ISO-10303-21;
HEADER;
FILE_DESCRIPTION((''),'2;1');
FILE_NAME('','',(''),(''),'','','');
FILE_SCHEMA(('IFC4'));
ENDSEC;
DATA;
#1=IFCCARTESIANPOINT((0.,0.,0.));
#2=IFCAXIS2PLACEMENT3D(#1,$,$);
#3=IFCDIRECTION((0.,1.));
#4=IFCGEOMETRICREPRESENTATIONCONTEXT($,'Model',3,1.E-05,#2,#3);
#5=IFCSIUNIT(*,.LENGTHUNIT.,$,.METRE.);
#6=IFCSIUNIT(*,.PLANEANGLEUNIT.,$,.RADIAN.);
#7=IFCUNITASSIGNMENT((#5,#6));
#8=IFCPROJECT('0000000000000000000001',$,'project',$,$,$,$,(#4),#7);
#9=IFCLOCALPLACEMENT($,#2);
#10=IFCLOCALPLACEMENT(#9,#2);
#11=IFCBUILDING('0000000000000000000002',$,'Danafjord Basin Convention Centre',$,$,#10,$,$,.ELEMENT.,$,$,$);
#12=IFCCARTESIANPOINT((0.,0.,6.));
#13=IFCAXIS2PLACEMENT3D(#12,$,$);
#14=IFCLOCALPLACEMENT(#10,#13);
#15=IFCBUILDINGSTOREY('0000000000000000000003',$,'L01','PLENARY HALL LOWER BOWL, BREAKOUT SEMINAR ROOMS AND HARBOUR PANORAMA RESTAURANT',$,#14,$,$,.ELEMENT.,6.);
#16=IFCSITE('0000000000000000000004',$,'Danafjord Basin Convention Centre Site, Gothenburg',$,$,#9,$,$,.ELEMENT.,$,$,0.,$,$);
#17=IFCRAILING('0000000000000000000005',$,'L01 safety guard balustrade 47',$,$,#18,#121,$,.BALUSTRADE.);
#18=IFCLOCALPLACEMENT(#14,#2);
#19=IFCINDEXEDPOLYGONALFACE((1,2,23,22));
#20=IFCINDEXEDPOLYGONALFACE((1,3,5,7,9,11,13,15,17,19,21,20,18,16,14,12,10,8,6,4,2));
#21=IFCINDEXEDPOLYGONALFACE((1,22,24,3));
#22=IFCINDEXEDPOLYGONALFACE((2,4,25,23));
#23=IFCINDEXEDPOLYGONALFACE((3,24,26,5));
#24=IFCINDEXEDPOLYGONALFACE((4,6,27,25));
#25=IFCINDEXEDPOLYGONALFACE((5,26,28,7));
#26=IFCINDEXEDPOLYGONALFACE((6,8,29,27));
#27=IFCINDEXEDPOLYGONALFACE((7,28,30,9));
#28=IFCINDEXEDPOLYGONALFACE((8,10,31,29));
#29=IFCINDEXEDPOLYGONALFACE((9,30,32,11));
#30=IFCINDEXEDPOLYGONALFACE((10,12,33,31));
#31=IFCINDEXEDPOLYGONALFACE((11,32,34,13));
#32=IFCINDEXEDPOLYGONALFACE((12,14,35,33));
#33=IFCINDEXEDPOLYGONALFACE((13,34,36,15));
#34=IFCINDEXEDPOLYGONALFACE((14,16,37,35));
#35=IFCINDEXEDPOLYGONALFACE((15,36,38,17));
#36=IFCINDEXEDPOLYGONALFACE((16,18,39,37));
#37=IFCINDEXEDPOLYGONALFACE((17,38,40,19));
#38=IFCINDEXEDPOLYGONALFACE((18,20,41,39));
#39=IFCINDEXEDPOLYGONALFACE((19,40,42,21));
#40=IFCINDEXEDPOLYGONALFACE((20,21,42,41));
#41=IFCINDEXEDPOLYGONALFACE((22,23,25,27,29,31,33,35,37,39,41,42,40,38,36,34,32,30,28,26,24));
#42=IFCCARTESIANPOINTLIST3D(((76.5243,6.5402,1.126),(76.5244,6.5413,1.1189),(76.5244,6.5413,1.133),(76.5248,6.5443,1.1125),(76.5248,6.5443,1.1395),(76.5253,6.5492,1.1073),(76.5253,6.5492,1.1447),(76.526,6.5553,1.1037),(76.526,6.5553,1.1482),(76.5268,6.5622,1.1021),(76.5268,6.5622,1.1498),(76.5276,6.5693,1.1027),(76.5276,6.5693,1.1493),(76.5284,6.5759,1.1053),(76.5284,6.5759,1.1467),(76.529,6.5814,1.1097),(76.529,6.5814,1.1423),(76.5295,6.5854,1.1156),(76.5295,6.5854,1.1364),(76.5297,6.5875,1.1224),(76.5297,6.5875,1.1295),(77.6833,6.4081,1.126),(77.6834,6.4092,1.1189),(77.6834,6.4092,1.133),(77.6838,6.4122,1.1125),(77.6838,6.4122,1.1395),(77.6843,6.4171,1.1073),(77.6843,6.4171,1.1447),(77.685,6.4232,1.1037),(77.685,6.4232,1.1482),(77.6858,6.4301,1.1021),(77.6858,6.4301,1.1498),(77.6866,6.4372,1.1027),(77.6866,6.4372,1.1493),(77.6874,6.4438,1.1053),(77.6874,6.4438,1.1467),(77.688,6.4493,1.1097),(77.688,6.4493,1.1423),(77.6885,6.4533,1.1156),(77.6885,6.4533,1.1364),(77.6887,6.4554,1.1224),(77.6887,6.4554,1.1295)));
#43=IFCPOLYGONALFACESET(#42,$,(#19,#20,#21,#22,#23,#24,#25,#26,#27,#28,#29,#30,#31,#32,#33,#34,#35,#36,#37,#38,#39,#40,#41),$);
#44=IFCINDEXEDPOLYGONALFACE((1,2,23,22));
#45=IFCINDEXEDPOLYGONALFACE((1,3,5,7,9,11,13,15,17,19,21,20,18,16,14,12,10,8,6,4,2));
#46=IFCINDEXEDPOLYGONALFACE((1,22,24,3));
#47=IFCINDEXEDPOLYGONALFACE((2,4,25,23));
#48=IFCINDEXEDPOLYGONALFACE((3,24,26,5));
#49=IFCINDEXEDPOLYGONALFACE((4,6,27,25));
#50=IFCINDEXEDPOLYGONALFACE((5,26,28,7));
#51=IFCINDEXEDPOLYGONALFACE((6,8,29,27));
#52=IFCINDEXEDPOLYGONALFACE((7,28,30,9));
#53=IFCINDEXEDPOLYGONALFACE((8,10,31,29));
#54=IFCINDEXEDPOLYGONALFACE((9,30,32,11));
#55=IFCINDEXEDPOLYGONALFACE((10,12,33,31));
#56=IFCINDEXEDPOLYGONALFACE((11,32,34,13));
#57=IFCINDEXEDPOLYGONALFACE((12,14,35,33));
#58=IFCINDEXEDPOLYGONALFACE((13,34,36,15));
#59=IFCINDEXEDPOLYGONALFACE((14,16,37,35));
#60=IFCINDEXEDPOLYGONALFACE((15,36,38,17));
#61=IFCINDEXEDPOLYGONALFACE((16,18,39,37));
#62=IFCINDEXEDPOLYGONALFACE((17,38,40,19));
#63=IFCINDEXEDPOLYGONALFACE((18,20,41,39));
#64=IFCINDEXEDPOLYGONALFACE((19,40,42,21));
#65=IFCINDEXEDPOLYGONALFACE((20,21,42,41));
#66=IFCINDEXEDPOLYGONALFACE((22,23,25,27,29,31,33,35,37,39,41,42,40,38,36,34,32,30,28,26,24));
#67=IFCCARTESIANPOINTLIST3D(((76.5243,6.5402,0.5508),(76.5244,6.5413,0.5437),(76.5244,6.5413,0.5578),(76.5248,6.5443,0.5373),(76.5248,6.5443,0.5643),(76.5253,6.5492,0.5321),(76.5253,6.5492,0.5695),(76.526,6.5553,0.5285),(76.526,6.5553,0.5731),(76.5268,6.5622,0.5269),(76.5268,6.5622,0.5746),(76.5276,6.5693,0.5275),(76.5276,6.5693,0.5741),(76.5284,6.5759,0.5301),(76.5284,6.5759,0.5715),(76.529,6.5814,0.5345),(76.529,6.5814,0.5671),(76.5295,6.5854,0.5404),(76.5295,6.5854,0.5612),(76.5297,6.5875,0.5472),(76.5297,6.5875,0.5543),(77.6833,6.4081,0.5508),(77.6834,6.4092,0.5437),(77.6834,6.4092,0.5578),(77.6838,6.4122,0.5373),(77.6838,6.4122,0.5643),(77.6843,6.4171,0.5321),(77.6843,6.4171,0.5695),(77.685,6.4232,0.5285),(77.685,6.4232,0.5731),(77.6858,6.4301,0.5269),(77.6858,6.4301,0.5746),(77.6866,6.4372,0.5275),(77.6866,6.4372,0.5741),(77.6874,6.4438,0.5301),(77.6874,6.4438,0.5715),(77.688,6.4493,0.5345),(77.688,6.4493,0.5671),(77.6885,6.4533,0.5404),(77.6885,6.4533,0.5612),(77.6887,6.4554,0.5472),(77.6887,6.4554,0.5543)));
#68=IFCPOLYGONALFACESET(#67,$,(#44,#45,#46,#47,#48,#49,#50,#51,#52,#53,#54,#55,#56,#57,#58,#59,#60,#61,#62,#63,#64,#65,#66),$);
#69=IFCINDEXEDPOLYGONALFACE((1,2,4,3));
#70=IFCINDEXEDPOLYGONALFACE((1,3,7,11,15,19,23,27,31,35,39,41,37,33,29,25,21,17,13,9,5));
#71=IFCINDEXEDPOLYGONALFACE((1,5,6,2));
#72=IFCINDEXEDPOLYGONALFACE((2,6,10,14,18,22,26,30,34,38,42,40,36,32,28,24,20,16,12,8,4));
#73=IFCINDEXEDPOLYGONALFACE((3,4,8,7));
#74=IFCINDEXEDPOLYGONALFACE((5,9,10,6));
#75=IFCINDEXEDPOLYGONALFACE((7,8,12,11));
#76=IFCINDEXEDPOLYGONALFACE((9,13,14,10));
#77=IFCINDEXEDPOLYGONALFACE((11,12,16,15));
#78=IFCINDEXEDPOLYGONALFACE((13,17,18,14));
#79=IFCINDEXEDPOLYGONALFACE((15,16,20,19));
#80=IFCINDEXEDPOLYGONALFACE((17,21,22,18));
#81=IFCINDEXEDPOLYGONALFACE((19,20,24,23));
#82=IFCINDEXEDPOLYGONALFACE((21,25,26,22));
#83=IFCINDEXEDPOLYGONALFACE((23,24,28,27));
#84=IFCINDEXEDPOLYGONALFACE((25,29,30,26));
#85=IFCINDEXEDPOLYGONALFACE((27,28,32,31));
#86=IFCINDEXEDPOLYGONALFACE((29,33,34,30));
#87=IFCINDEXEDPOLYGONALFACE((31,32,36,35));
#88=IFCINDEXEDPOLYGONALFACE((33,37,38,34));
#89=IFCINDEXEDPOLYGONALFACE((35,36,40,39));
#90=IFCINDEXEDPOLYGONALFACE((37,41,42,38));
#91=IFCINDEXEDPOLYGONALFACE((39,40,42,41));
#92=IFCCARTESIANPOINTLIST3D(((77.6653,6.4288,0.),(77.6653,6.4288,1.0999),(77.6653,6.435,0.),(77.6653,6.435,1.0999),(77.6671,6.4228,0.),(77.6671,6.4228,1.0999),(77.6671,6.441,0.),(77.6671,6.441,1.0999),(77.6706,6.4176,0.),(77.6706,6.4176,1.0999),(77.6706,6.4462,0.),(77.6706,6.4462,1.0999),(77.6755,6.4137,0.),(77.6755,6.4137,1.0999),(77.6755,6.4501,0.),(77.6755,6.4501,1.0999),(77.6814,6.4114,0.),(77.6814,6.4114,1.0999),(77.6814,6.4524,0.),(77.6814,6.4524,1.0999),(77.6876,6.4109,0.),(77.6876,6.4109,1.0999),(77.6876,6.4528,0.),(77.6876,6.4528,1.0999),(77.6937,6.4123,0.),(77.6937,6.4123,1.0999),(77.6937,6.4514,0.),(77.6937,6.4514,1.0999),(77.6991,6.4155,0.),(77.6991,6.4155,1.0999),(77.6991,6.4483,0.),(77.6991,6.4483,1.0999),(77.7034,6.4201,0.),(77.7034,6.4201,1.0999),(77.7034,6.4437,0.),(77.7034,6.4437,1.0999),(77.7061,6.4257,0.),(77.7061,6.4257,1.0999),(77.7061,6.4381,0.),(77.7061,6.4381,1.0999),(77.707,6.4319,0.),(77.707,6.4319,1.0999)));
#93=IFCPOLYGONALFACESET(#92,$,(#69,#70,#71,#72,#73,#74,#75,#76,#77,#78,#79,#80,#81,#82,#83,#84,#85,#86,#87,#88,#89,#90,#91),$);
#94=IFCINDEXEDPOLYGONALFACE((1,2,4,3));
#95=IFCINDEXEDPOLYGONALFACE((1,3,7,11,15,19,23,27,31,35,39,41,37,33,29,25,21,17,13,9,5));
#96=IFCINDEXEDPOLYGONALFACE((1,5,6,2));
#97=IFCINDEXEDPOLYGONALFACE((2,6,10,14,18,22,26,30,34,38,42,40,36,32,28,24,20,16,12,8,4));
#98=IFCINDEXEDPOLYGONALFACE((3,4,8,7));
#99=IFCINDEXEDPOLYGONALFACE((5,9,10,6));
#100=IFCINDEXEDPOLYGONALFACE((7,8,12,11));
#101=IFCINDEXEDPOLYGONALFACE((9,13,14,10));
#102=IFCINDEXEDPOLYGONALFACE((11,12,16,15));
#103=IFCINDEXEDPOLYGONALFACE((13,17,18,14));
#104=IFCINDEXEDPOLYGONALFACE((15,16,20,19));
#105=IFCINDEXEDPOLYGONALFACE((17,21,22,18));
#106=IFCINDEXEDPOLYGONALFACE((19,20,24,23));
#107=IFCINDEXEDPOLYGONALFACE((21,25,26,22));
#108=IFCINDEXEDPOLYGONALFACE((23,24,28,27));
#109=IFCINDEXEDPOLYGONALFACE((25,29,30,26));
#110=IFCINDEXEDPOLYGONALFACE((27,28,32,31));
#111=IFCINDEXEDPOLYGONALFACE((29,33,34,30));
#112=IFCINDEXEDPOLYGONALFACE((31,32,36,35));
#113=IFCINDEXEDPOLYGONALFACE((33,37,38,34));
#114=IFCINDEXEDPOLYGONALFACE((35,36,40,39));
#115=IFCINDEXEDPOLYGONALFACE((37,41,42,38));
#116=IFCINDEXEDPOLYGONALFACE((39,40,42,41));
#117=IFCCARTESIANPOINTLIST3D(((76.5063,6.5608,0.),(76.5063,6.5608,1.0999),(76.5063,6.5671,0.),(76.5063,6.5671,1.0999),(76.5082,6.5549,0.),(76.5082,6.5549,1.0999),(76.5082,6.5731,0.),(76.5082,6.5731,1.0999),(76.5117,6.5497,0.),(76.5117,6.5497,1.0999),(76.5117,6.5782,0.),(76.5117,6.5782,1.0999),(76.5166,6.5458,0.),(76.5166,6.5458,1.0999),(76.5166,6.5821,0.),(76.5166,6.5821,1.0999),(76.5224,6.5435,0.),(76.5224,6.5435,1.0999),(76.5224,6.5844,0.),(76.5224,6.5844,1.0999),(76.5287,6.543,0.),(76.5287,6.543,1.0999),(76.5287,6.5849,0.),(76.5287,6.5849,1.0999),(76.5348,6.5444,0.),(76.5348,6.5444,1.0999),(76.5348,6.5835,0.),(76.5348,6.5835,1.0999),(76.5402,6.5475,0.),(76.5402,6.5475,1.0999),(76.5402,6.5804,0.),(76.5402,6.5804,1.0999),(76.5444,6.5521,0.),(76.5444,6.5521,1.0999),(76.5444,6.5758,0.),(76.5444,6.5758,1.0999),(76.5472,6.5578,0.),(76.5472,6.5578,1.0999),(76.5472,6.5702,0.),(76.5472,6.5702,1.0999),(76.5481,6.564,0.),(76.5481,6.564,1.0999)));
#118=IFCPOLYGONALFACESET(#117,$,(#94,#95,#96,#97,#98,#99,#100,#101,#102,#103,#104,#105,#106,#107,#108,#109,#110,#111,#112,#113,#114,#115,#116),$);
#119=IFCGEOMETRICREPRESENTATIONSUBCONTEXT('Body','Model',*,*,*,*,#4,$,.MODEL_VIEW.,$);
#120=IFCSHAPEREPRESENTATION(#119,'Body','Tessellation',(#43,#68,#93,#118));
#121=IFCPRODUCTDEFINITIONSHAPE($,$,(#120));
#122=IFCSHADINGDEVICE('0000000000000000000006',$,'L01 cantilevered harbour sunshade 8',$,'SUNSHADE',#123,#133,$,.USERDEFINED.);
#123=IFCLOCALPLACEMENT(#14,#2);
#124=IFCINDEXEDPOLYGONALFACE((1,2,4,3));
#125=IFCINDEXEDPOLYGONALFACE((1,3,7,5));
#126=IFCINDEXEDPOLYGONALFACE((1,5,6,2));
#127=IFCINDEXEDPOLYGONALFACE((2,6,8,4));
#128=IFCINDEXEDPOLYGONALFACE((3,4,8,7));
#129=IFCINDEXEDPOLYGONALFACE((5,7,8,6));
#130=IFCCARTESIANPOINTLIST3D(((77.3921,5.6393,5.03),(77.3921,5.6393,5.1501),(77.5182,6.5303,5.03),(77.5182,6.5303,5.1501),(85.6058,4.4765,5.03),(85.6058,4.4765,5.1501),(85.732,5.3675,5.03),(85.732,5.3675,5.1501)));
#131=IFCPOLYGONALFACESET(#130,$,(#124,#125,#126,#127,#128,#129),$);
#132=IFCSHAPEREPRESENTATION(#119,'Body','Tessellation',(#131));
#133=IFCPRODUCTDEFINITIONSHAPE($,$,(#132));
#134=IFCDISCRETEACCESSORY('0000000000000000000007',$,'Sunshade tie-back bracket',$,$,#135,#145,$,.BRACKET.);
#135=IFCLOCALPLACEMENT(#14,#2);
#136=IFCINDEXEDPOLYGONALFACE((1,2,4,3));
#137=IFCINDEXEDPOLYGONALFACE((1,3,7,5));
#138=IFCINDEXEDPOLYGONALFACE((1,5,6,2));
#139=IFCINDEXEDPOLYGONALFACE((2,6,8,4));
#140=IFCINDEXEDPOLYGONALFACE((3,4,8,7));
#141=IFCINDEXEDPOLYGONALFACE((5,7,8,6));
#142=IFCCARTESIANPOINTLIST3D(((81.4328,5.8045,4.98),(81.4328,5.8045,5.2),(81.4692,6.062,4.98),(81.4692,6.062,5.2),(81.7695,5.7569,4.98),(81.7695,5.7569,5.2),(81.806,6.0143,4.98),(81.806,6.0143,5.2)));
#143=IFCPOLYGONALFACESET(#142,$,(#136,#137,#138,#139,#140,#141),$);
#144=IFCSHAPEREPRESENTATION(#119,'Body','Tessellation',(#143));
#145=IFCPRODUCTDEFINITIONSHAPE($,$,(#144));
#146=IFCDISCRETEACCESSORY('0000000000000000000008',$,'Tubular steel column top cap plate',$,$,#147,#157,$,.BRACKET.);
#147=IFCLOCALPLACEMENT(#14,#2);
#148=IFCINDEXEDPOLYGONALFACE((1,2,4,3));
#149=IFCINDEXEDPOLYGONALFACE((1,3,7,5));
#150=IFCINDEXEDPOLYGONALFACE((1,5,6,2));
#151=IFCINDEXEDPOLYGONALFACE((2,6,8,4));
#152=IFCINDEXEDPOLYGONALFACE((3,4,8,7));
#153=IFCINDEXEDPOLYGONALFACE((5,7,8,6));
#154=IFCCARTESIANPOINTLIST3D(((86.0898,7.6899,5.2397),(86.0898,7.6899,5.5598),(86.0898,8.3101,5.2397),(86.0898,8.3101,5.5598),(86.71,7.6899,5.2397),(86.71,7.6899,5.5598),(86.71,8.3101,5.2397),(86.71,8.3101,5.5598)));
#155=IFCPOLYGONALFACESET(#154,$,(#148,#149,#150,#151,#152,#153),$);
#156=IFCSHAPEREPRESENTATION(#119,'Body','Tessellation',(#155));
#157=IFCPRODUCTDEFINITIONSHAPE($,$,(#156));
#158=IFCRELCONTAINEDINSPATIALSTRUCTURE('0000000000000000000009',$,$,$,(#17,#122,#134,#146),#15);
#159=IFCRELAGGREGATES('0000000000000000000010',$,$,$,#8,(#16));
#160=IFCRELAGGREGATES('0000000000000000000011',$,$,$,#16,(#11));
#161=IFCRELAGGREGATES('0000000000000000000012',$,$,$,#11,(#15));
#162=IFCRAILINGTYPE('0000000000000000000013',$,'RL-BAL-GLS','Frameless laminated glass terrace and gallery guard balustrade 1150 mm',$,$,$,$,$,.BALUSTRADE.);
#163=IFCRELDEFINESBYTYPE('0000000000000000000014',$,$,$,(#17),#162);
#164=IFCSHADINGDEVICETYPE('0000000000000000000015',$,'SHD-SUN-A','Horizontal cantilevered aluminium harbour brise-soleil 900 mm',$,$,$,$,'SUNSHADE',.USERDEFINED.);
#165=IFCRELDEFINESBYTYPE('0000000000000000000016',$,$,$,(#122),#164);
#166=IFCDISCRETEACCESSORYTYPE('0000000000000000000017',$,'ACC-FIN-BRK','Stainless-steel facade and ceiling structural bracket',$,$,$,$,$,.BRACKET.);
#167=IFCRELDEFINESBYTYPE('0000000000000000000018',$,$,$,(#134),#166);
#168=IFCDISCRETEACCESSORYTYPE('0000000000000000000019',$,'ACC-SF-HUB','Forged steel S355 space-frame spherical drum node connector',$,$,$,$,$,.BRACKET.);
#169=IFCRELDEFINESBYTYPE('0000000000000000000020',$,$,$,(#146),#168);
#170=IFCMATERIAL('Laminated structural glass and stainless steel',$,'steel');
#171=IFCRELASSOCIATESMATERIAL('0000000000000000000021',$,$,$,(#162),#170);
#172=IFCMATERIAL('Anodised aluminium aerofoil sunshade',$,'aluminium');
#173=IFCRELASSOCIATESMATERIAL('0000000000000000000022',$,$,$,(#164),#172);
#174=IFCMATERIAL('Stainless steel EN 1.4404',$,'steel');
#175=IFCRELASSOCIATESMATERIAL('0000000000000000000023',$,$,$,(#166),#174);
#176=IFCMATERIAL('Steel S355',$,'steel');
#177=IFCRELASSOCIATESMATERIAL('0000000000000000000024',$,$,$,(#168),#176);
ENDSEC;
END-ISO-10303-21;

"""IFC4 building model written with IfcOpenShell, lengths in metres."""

from ifc_helpers import new_model, si_unit, direction, frame, origin, origin_2d, place, context, subcontext, project, spatial, rectangle, circle, extrude, material, type_object, element, save


model = new_model("IFC4")

# Units and contexts
model_context = context("Model", 3, precision=1e-05, world=origin(), true_north=direction((0.0, 1.0)))
body_context = subcontext(model_context, "Body", "Model", "MODEL_VIEW")
ifc_project = project(units=[si_unit("LENGTHUNIT", "METRE"), si_unit("PLANEANGLEUNIT", "RADIAN")], contexts=[model_context])

# Site, building, storey
site_placement = place(None, origin())
site = spatial("IfcSite", under=ifc_project, at=site_placement, Name="Danafjord Basin Convention Centre Site, Gothenburg", CompositionType="ELEMENT", RefElevation=0.0)
building_placement = place(site_placement, origin())
building = spatial("IfcBuilding", under=site, at=building_placement, Name="Danafjord Basin Convention Centre", CompositionType="ELEMENT")
storey_placement = place(building_placement, frame((0.0, 0.0, 6.0)))
storey = spatial("IfcBuildingStorey", under=building, at=storey_placement, Name="L01", Description="PLENARY HALL LOWER BOWL, BREAKOUT SEMINAR ROOMS AND HARBOUR PANORAMA RESTAURANT", CompositionType="ELEMENT", Elevation=6.0)

# Shared definitions
ifc_material_1 = material(Name="Steel S355", Category="steel")

# Railing
ifc_material_2 = material(Name="Laminated structural glass and stainless steel", Category="steel")
railing_type_1 = type_object("IfcRailingType", Name="RL-BAL-GLS", Description="Frameless laminated glass terrace and gallery guard balustrade 1150 mm", PredefinedType="BALUSTRADE", material=ifc_material_2)
railing_1_placement = place(storey_placement, frame((77.686, 6.4319, 0.0)))
element("IfcRailing", 1, at=railing_1_placement, inside=storey, type_object=railing_type_1, Name="L01 safety guard balustrade 47", PredefinedType="BALUSTRADE", context=body_context, shape_type="SweptSolid", body=[
    extrude(circle(Radius=0.0239, at=origin_2d()), frame((0.0, 0.0, 1.126), z_axis=(-0.993568, 0.113234, 0.0), x_axis=(-0.113234, -0.993568, 0.0)), (0.0, 0.0, 1.0), 1.1665),
    extrude(circle(Radius=0.0239, at=origin_2d()), frame((0.0, 0.0, 0.5508), z_axis=(-0.993568, 0.113234, 0.0), x_axis=(-0.113234, -0.993568, 0.0)), (0.0, 0.0, 1.0), 1.1665),
    extrude(circle(Radius=0.021, at=origin_2d()), origin(), (0.0, 0.0, 1.0), 1.0999),
    extrude(circle(Radius=0.021, at=origin_2d()), frame((-1.1589, 0.1321, 0.0)), (0.0, 0.0, 1.0), 1.0999),
])

# Shading device
ifc_material_3 = material(Name="Anodised aluminium aerofoil sunshade", Category="aluminium")
shading_device_type = type_object("IfcShadingDeviceType", Name="SHD-SUN-A", Description="Horizontal cantilevered aluminium harbour brise-soleil 900 mm", ElementType="SUNSHADE", PredefinedType="USERDEFINED", material=ifc_material_3)
shading_device_placement = place(storey_placement, frame((81.562, 5.5034, 5.03), z_axis=(0.0, 0.0, 1.0), x_axis=(0.990128, -0.140165, 0.0)))
element("IfcShadingDevice", 2, at=shading_device_placement, inside=storey, type_object=shading_device_type, Name="L01 cantilevered harbour sunshade 8", ObjectType="SUNSHADE", PredefinedType="USERDEFINED", context=body_context, shape_type="SweptSolid", body=[
    extrude(rectangle(XDim=8.2957, YDim=0.8999, at=origin_2d()), origin(), (0.0, 0.0, 1.0), 0.1201),
])

# Discrete accessories
ifc_material_4 = material(Name="Stainless steel EN 1.4404", Category="steel")
discrete_accessory_type_1 = type_object("IfcDiscreteAccessoryType", Name="ACC-FIN-BRK", Description="Stainless-steel facade and ceiling structural bracket", PredefinedType="BRACKET", material=ifc_material_4)
discrete_accessory_1_placement = place(storey_placement, frame((81.6194, 5.9094, 4.98), z_axis=(0.0, 0.0, 1.0), x_axis=(0.990128, -0.140165, 0.0)))
element("IfcDiscreteAccessory", 3, at=discrete_accessory_1_placement, inside=storey, type_object=discrete_accessory_type_1, Name="Sunshade tie-back bracket", PredefinedType="BRACKET", context=body_context, shape_type="SweptSolid", body=[
    extrude(rectangle(XDim=0.3401, YDim=0.26, at=origin_2d()), origin(), (0.0, 0.0, 1.0), 0.22),
])
discrete_accessory_type_2 = type_object("IfcDiscreteAccessoryType", Name="ACC-SF-HUB", Description="Forged steel S355 space-frame spherical drum node connector", PredefinedType="BRACKET", material=ifc_material_1)
discrete_accessory_2_placement = place(storey_placement, frame((86.3999, 8.0, 5.2397), z_axis=(0.0, 0.0, 1.0), x_axis=(1.0, 0.0, 0.0)))
element("IfcDiscreteAccessory", 4, at=discrete_accessory_2_placement, inside=storey, type_object=discrete_accessory_type_2, Name="Tubular steel column top cap plate", PredefinedType="BRACKET", context=body_context, shape_type="SweptSolid", body=[
    extrude(rectangle(XDim=0.6201, YDim=0.6201, at=origin_2d()), origin(), (0.0, 0.0, 1.0), 0.3201),
])

save(model, "model.ifc")
